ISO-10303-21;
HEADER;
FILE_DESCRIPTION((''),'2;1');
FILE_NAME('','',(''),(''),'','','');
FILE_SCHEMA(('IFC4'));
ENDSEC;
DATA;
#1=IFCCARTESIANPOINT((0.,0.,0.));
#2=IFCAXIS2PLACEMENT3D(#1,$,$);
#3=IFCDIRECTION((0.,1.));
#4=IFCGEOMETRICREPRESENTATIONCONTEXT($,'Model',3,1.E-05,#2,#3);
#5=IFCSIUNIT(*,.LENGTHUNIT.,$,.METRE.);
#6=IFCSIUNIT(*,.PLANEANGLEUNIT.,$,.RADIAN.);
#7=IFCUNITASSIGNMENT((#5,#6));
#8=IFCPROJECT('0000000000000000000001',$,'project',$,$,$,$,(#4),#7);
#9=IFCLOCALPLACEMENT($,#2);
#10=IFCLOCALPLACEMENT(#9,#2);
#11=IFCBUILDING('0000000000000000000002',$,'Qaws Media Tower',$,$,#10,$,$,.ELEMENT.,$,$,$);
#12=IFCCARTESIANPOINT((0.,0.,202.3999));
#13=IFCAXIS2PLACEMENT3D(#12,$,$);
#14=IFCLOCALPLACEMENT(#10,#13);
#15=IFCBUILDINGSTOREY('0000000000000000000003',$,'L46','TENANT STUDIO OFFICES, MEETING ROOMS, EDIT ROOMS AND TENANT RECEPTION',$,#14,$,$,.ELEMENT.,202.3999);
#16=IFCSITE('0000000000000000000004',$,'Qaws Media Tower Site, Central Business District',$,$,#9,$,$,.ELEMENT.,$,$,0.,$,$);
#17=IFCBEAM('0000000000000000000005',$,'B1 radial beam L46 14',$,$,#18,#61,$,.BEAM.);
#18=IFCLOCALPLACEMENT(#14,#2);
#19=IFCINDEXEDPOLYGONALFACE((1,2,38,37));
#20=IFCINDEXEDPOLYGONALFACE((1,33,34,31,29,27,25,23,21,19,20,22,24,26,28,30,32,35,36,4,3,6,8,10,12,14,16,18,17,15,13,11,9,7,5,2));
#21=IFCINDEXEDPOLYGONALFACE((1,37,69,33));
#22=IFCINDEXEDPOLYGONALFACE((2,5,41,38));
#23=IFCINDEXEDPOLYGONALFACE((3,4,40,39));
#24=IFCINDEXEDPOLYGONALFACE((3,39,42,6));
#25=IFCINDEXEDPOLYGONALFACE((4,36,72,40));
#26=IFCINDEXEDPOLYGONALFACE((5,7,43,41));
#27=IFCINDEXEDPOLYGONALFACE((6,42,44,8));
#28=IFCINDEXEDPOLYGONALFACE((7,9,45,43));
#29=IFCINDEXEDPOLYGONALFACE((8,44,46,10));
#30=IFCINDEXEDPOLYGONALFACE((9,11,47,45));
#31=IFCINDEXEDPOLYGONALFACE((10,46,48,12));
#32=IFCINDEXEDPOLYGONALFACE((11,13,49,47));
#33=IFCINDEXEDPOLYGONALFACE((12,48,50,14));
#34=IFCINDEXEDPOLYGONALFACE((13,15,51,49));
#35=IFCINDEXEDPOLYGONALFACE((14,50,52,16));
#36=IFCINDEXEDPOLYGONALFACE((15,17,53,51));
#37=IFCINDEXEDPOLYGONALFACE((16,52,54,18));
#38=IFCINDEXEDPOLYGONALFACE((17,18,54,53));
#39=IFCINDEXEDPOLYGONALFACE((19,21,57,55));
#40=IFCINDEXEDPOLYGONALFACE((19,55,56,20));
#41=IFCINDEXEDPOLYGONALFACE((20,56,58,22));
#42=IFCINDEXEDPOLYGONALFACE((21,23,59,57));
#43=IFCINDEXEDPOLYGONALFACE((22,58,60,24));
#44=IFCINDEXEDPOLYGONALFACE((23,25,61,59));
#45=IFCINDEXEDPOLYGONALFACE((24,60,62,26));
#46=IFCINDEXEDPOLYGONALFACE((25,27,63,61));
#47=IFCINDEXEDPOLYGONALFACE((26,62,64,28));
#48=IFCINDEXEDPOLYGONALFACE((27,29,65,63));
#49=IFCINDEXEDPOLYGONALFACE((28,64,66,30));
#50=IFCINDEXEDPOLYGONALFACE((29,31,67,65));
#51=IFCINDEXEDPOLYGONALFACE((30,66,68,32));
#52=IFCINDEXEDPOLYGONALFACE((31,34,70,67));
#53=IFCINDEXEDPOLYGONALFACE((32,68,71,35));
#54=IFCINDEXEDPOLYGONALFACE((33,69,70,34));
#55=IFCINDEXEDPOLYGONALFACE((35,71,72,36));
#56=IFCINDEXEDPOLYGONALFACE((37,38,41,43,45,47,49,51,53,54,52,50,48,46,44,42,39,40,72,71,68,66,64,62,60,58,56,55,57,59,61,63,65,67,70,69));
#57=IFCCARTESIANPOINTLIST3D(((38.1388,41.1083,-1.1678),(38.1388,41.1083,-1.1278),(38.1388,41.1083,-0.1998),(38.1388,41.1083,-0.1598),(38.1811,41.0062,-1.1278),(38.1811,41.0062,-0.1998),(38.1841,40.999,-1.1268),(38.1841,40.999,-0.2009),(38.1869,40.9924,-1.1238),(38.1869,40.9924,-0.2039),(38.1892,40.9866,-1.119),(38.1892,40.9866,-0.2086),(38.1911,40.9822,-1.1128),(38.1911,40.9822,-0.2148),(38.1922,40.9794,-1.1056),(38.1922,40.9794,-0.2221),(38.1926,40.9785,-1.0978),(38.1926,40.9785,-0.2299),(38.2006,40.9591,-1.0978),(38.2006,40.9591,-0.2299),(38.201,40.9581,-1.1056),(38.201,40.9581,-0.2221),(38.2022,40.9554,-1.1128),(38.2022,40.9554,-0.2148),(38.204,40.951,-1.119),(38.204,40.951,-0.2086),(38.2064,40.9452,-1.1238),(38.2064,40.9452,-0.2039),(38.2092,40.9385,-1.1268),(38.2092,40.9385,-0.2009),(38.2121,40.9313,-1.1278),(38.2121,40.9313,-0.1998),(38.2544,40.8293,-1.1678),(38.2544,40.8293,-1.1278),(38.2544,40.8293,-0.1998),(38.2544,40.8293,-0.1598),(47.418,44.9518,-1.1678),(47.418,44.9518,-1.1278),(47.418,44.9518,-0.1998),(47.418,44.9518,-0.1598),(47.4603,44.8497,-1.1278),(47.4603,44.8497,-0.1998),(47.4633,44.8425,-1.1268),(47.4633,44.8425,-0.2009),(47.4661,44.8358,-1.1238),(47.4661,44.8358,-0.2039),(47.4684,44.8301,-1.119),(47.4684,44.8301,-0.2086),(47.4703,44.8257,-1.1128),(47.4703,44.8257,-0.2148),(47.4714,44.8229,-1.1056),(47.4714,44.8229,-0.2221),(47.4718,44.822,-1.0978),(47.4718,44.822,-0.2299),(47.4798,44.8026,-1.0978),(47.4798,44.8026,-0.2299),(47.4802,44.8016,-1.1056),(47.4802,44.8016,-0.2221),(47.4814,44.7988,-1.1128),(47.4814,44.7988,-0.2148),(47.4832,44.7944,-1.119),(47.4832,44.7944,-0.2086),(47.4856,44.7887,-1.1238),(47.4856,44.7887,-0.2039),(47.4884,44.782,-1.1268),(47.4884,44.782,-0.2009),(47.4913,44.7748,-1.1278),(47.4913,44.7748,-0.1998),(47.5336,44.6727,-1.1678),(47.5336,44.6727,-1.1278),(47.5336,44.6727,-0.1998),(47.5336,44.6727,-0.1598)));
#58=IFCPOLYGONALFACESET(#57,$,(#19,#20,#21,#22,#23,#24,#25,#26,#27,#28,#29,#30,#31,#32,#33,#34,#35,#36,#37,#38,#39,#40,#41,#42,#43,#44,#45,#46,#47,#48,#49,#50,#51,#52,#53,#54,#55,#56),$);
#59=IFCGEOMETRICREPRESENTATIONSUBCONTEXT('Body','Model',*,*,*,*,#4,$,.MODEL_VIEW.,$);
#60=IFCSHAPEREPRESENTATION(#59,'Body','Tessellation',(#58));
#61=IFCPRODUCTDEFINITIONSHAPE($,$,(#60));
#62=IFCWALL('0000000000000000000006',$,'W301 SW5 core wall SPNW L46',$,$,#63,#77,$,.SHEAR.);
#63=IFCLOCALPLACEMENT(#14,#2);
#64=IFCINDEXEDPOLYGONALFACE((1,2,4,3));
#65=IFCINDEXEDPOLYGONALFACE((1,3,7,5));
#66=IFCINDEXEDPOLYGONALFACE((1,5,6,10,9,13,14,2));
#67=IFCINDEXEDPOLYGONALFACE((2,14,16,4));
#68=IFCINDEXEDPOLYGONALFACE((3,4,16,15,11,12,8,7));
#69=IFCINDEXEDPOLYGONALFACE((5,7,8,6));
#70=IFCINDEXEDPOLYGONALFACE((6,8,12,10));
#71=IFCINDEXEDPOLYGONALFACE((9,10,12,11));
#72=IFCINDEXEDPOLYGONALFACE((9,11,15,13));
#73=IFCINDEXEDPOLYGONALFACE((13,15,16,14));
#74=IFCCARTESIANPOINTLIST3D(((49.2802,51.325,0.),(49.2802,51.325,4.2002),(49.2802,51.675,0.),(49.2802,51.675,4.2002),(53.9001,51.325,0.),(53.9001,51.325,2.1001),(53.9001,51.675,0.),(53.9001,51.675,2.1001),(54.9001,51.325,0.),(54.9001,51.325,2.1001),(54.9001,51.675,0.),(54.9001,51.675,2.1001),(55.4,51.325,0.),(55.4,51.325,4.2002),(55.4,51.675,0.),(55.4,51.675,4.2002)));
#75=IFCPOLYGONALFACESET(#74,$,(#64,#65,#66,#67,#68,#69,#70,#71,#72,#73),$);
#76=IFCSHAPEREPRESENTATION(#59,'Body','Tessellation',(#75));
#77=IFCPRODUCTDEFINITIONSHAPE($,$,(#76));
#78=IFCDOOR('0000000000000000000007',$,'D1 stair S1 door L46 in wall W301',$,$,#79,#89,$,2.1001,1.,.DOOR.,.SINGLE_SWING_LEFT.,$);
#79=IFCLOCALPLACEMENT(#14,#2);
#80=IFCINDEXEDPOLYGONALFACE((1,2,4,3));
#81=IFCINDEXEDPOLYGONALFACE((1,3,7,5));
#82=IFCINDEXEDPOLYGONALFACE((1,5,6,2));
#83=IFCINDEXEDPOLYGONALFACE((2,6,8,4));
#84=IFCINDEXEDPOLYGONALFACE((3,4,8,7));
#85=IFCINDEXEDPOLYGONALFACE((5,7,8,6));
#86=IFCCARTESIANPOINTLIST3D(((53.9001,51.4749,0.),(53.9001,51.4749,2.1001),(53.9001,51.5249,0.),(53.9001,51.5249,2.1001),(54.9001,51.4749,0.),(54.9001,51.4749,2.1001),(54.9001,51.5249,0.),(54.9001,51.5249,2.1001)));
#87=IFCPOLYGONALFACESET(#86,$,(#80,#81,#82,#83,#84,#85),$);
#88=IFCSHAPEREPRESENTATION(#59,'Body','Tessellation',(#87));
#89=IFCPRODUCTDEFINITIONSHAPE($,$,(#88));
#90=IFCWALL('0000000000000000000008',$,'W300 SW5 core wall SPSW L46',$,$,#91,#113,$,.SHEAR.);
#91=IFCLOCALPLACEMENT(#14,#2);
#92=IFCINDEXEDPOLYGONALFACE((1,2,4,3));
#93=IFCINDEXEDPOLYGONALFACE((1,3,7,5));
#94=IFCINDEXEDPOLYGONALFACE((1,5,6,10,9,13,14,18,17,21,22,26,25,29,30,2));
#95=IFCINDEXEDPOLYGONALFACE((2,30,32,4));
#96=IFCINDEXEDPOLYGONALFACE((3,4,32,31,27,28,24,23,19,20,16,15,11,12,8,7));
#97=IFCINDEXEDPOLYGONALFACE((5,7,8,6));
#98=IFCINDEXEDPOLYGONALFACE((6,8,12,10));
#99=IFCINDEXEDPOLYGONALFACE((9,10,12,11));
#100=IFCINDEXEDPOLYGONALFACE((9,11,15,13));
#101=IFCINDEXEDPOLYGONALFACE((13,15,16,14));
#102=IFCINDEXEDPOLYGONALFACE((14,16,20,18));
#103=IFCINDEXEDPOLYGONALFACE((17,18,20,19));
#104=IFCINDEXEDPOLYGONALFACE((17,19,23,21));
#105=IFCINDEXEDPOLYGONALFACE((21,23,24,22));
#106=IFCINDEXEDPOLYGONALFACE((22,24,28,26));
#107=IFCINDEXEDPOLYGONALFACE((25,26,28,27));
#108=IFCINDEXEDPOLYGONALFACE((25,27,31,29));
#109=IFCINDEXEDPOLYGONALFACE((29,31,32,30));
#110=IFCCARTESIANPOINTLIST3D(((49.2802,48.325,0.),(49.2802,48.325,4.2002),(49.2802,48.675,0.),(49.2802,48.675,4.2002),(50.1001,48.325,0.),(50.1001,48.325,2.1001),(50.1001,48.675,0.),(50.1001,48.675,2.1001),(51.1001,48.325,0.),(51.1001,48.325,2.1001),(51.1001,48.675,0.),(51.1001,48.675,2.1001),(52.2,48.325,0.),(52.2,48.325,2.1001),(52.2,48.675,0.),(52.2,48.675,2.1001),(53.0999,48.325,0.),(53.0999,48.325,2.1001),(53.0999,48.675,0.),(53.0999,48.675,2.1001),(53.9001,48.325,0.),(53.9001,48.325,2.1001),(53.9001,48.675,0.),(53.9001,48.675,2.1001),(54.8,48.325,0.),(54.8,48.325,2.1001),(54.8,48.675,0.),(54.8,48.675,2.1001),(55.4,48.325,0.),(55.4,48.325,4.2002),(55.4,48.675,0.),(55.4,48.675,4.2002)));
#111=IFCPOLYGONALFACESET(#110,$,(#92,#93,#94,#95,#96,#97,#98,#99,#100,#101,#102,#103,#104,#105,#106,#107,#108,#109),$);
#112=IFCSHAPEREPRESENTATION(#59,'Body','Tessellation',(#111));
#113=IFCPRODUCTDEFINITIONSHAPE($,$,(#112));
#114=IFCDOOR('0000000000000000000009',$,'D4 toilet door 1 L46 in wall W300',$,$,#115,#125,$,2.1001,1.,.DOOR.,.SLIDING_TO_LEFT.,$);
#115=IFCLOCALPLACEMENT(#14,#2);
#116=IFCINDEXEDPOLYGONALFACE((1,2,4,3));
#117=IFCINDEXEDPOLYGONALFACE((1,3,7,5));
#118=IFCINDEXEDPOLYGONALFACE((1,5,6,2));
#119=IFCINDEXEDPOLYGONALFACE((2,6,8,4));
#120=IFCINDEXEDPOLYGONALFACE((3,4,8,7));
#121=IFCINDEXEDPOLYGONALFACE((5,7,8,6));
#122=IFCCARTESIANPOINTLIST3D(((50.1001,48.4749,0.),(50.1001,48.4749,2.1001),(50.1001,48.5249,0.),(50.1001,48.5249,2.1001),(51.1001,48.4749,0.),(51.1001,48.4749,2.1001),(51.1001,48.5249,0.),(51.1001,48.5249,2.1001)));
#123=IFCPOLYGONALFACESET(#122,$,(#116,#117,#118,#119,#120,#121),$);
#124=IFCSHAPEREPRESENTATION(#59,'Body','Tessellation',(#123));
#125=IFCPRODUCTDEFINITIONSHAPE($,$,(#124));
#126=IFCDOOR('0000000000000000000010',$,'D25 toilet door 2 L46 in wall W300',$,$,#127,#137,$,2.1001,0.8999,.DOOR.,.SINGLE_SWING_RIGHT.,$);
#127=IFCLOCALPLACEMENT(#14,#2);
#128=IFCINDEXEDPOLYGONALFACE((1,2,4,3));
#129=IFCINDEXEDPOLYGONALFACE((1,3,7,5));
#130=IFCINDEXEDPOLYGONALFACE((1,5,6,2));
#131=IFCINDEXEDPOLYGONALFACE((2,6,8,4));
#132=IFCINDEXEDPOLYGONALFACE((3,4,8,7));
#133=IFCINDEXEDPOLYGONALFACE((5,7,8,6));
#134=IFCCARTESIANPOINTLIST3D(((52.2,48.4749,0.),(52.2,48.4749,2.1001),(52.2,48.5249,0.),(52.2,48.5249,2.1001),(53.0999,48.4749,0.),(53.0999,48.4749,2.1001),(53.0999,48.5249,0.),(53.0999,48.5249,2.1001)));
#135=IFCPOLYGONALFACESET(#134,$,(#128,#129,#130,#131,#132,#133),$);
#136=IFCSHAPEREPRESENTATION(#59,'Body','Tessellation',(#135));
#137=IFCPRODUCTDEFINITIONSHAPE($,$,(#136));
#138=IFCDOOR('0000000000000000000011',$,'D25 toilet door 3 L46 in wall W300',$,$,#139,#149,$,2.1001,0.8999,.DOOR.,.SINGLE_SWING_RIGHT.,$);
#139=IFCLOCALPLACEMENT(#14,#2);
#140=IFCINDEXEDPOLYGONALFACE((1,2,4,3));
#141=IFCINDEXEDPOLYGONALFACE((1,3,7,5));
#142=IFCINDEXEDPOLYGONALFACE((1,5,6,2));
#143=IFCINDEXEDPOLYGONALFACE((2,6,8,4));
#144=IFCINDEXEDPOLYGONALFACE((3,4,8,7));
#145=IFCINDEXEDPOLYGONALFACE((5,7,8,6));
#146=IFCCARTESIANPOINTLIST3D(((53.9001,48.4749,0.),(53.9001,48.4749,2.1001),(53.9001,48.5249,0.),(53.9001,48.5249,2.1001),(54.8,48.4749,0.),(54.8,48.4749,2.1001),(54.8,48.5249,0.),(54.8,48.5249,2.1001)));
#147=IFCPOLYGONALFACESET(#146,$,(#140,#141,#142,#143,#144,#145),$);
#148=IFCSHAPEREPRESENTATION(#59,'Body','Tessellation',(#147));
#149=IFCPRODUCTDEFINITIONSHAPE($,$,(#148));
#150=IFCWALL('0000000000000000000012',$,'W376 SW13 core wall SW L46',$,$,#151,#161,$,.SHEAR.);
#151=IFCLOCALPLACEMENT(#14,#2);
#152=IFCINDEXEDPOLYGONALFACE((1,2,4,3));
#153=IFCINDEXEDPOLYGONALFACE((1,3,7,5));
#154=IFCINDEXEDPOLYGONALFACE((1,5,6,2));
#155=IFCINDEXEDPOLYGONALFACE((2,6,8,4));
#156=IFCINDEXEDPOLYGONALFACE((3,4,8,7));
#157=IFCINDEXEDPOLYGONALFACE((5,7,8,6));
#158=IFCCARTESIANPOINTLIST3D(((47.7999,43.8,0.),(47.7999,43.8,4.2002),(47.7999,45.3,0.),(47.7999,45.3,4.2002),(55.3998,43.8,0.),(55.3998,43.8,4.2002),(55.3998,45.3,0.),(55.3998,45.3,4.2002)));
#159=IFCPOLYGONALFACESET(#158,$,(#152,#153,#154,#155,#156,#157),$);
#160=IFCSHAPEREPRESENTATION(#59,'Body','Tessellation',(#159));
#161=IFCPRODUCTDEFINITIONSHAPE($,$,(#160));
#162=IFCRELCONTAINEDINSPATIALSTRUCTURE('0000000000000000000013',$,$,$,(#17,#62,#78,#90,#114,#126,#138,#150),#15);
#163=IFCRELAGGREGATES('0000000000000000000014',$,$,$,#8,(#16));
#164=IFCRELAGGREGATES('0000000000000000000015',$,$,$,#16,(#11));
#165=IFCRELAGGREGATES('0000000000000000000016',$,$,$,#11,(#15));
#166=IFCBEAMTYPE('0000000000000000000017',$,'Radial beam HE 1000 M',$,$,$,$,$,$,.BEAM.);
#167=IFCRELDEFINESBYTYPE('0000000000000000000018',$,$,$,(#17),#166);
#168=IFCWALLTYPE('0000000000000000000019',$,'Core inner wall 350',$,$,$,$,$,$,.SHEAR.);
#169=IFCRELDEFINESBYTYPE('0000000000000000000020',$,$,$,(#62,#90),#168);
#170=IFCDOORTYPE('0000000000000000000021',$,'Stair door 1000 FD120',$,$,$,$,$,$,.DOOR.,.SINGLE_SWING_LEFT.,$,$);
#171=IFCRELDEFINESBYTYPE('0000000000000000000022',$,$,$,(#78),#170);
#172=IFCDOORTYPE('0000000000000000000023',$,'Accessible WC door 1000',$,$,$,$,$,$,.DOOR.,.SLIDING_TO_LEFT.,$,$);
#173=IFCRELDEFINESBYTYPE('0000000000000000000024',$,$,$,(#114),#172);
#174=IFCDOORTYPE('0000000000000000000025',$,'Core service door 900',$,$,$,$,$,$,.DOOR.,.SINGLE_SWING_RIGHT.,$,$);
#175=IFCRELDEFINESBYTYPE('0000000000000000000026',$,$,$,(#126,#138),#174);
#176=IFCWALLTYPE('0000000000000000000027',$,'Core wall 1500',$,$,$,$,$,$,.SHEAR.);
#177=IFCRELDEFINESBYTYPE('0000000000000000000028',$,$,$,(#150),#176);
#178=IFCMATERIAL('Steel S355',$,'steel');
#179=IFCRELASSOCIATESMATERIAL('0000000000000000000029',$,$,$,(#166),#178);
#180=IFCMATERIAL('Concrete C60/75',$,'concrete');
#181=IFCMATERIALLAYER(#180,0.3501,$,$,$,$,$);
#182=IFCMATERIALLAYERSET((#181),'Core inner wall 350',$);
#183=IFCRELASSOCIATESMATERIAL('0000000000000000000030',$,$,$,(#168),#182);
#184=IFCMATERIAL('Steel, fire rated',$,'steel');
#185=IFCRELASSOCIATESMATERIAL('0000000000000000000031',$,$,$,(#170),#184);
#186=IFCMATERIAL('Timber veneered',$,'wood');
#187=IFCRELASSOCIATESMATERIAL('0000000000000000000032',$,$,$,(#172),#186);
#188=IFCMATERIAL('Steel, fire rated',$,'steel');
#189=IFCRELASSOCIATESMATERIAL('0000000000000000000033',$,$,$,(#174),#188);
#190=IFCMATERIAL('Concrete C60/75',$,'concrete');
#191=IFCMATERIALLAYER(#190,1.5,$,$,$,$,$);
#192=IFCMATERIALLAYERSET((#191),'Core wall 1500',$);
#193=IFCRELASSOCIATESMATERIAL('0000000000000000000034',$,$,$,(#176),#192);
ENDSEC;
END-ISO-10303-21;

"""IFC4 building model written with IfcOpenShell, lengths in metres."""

from ifc_helpers import new_model, si_unit, direction, frame, frame_2d, origin, origin_2d, place, context, subcontext, project, spatial, rectangle, i_section, extrude, material, layer, layer_set, material_profile, profile_set, type_object, element, fill, save


model = new_model("IFC4")

# Units and contexts
model_context = context("Model", 3, precision=1e-05, world=origin(), true_north=direction((0.0, 1.0)))
body_context = subcontext(model_context, "Body", "Model", "MODEL_VIEW")
ifc_project = project(units=[si_unit("LENGTHUNIT", "METRE"), si_unit("PLANEANGLEUNIT", "RADIAN")], contexts=[model_context])

# Site, building, storey
site_placement = place(None, origin())
site = spatial("IfcSite", under=ifc_project, at=site_placement, Name="Qaws Media Tower Site, Central Business District", CompositionType="ELEMENT", RefElevation=0.0)
building_placement = place(site_placement, origin())
building = spatial("IfcBuilding", under=site, at=building_placement, Name="Qaws Media Tower", CompositionType="ELEMENT")
storey_placement = place(building_placement, frame((0.0, 0.0, 202.3999)))
storey = spatial("IfcBuildingStorey", under=building, at=storey_placement, Name="L46", Description="TENANT STUDIO OFFICES, MEETING ROOMS, EDIT ROOMS AND TENANT RECEPTION", CompositionType="ELEMENT", Elevation=202.3999)

# Beam
ifc_material_1 = material(Name="Steel S355", Category="steel")
ifc_material_profile_1 = material_profile(ifc_material_1, i_section(OverallWidth=0.302, OverallDepth=1.0081, WebThickness=0.021, FlangeThickness=0.04, FilletRadius=0.03, at=origin_2d()), Name="HE 1000 M")
ifc_profile_set_1 = profile_set([ifc_material_profile_1], Name="Steel S355")
beam_type_1 = type_object("IfcBeamType", Name="Radial beam HE 1000 M", PredefinedType="BEAM", material=ifc_profile_set_1)
beam_1_placement = place(storey_placement, frame((47.4758, 44.8123, -0.6638), z_axis=(-0.923883, -0.382675, 0.0), x_axis=(0.382675, -0.923883, 0.0)))
element("IfcBeam", 1, at=beam_1_placement, inside=storey, type_object=beam_type_1, Name="B1 radial beam L46 14", PredefinedType="BEAM", context=body_context, shape_type="SweptSolid", body=[
    extrude(i_section(OverallWidth=0.302, OverallDepth=1.0081, WebThickness=0.021, FlangeThickness=0.04, FilletRadius=0.03, at=origin_2d()), origin(), (0.0, 0.0, 1.0), 10.0437),
])

# Wall, opening, door
ifc_material_2 = material(Name="Concrete C60/75", Category="concrete")
ifc_layer_1 = layer(ifc_material_2, 0.3501)
ifc_layer_set_1 = layer_set([ifc_layer_1], Name="Core inner wall 350")
wall_type_1 = type_object("IfcWallType", Name="Core inner wall 350", PredefinedType="SHEAR", material=ifc_layer_set_1)
wall_1_placement = place(storey_placement, frame((49.28, 51.5, 0.0), z_axis=(0.0, 0.0, 1.0), x_axis=(1.0, 0.0, 0.0)))
wall_1 = element("IfcWall", 2, at=wall_1_placement, inside=storey, type_object=wall_type_1, Name="W301 SW5 core wall SPNW L46", PredefinedType="SHEAR", context=body_context, shape_type="SweptSolid", body=[
    extrude(rectangle(XDim=6.1199, YDim=0.3501, at=frame_2d((3.0601, 0.0))), origin(), (0.0, 0.0, 1.0), 4.2002),
])
opening_1_placement = place(wall_1_placement, frame((4.6201, 0.0, 0.0)))
opening_1 = element("IfcOpeningElement", 3, at=opening_1_placement, cuts=wall_1, PredefinedType="OPENING", context=body_context, shape_type="SweptSolid", body=[
    extrude(rectangle(XDim=1.0, YDim=2.1001, at=frame_2d((0.5, 1.05))), frame((0.0, 0.1851, 0.0), z_axis=(0.0, -1.0, 0.0), x_axis=(1.0, 0.0, 0.0)), (0.0, 0.0, 1.0), 0.3701),
])
ifc_material_3 = material(Name="Steel, fire rated", Category="steel")
door_type_1 = type_object("IfcDoorType", Name="Stair door 1000 FD120", OperationType="SINGLE_SWING_LEFT", PredefinedType="DOOR", material=ifc_material_3)
door_1_placement = place(opening_1_placement, origin())
door_1 = element("IfcDoor", 4, at=door_1_placement, inside=storey, type_object=door_type_1, Name="D1 stair S1 door L46 in wall W301", OperationType="SINGLE_SWING_LEFT", OverallHeight=2.1001, OverallWidth=1.0, PredefinedType="DOOR", context=body_context, shape_type="SweptSolid", body=[
    extrude(rectangle(XDim=1.0, YDim=2.1001, at=frame_2d((0.5, 1.05))), frame((0.0, 0.0249, 0.0), z_axis=(0.0, -1.0, 0.0), x_axis=(1.0, 0.0, 0.0)), (0.0, 0.0, 1.0), 0.05),
])
fill(opening_1, door_1)

# Wall, openings, doors
wall_2_placement = place(storey_placement, frame((49.28, 48.5, 0.0), z_axis=(0.0, 0.0, 1.0), x_axis=(1.0, 0.0, 0.0)))
wall_2 = element("IfcWall", 5, at=wall_2_placement, inside=storey, type_object=wall_type_1, Name="W300 SW5 core wall SPSW L46", PredefinedType="SHEAR", context=body_context, shape_type="SweptSolid", body=[
    extrude(rectangle(XDim=6.1199, YDim=0.3501, at=frame_2d((3.0601, 0.0))), origin(), (0.0, 0.0, 1.0), 4.2002),
])
opening_2_placement = place(wall_2_placement, frame((0.8201, 0.0, 0.0)))
opening_2 = element("IfcOpeningElement", 6, at=opening_2_placement, cuts=wall_2, PredefinedType="OPENING", context=body_context, shape_type="SweptSolid", body=[
    extrude(rectangle(XDim=1.0, YDim=2.1001, at=frame_2d((0.5, 1.05))), frame((0.0, 0.1851, 0.0), z_axis=(0.0, -1.0, 0.0), x_axis=(1.0, 0.0, 0.0)), (0.0, 0.0, 1.0), 0.3701),
])
opening_3_placement = place(wall_2_placement, frame((2.9199, 0.0, 0.0)))
opening_3 = element("IfcOpeningElement", 7, at=opening_3_placement, cuts=wall_2, PredefinedType="OPENING", context=body_context, shape_type="SweptSolid", body=[
    extrude(rectangle(XDim=0.8999, YDim=2.1001, at=frame_2d((0.45, 1.05))), frame((0.0, 0.1851, 0.0), z_axis=(0.0, -1.0, 0.0), x_axis=(1.0, 0.0, 0.0)), (0.0, 0.0, 1.0), 0.3701),
])
opening_4_placement = place(wall_2_placement, frame((4.6201, 0.0, 0.0)))
opening_4 = element("IfcOpeningElement", 8, at=opening_4_placement, cuts=wall_2, PredefinedType="OPENING", context=body_context, shape_type="SweptSolid", body=[
    extrude(rectangle(XDim=0.8999, YDim=2.1001, at=frame_2d((0.45, 1.05))), frame((0.0, 0.1851, 0.0), z_axis=(0.0, -1.0, 0.0), x_axis=(1.0, 0.0, 0.0)), (0.0, 0.0, 1.0), 0.3701),
])
ifc_material_4 = material(Name="Timber veneered", Category="wood")
door_type_2 = type_object("IfcDoorType", Name="Accessible WC door 1000", OperationType="SLIDING_TO_LEFT", PredefinedType="DOOR", material=ifc_material_4)
door_2_placement = place(opening_2_placement, origin())
door_2 = element("IfcDoor", 9, at=door_2_placement, inside=storey, type_object=door_type_2, Name="D4 toilet door 1 L46 in wall W300", OperationType="SLIDING_TO_LEFT", OverallHeight=2.1001, OverallWidth=1.0, PredefinedType="DOOR", context=body_context, shape_type="SweptSolid", body=[
    extrude(rectangle(XDim=1.0, YDim=2.1001, at=frame_2d((0.5, 1.05))), frame((0.0, 0.0249, 0.0), z_axis=(0.0, -1.0, 0.0), x_axis=(1.0, 0.0, 0.0)), (0.0, 0.0, 1.0), 0.05),
])
fill(opening_2, door_2)
ifc_material_5 = material(Name="Steel, fire rated", Category="steel")
door_type_3 = type_object("IfcDoorType", Name="Core service door 900", OperationType="SINGLE_SWING_RIGHT", PredefinedType="DOOR", material=ifc_material_5)
door_3_placement = place(opening_3_placement, origin())
door_3 = element("IfcDoor", 10, at=door_3_placement, inside=storey, type_object=door_type_3, Name="D25 toilet door 2 L46 in wall W300", OperationType="SINGLE_SWING_RIGHT", OverallHeight=2.1001, OverallWidth=0.8999, PredefinedType="DOOR", context=body_context, shape_type="SweptSolid", body=[
    extrude(rectangle(XDim=0.8999, YDim=2.1001, at=frame_2d((0.45, 1.05))), frame((0.0, 0.0249, 0.0), z_axis=(0.0, -1.0, 0.0), x_axis=(1.0, 0.0, 0.0)), (0.0, 0.0, 1.0), 0.05),
])
fill(opening_3, door_3)
door_4_placement = place(opening_4_placement, origin())
door_4 = element("IfcDoor", 11, at=door_4_placement, inside=storey, type_object=door_type_3, Name="D25 toilet door 3 L46 in wall W300", OperationType="SINGLE_SWING_RIGHT", OverallHeight=2.1001, OverallWidth=0.8999, PredefinedType="DOOR", context=body_context, shape_type="SweptSolid", body=[
    extrude(rectangle(XDim=0.8999, YDim=2.1001, at=frame_2d((0.45, 1.05))), frame((0.0, 0.0249, 0.0), z_axis=(0.0, -1.0, 0.0), x_axis=(1.0, 0.0, 0.0)), (0.0, 0.0, 1.0), 0.05),
])
fill(opening_4, door_4)

# Wall
ifc_material_6 = material(Name="Concrete C60/75", Category="concrete")
ifc_layer_2 = layer(ifc_material_6, 1.5)
ifc_layer_set_2 = layer_set([ifc_layer_2], Name="Core wall 1500")
wall_type_2 = type_object("IfcWallType", Name="Core wall 1500", PredefinedType="SHEAR", material=ifc_layer_set_2)
wall_3_placement = place(storey_placement, frame((47.8, 44.55, 0.0), z_axis=(0.0, 0.0, 1.0), x_axis=(1.0, 0.0, 0.0)))
element("IfcWall", 12, at=wall_3_placement, inside=storey, type_object=wall_type_2, Name="W376 SW13 core wall SW L46", PredefinedType="SHEAR", context=body_context, shape_type="SweptSolid", body=[
    extrude(rectangle(XDim=7.5999, YDim=1.5, at=frame_2d((3.7998, 0.0))), origin(), (0.0, 0.0, 1.0), 4.2002),
])

save(model, "model.ifc")
